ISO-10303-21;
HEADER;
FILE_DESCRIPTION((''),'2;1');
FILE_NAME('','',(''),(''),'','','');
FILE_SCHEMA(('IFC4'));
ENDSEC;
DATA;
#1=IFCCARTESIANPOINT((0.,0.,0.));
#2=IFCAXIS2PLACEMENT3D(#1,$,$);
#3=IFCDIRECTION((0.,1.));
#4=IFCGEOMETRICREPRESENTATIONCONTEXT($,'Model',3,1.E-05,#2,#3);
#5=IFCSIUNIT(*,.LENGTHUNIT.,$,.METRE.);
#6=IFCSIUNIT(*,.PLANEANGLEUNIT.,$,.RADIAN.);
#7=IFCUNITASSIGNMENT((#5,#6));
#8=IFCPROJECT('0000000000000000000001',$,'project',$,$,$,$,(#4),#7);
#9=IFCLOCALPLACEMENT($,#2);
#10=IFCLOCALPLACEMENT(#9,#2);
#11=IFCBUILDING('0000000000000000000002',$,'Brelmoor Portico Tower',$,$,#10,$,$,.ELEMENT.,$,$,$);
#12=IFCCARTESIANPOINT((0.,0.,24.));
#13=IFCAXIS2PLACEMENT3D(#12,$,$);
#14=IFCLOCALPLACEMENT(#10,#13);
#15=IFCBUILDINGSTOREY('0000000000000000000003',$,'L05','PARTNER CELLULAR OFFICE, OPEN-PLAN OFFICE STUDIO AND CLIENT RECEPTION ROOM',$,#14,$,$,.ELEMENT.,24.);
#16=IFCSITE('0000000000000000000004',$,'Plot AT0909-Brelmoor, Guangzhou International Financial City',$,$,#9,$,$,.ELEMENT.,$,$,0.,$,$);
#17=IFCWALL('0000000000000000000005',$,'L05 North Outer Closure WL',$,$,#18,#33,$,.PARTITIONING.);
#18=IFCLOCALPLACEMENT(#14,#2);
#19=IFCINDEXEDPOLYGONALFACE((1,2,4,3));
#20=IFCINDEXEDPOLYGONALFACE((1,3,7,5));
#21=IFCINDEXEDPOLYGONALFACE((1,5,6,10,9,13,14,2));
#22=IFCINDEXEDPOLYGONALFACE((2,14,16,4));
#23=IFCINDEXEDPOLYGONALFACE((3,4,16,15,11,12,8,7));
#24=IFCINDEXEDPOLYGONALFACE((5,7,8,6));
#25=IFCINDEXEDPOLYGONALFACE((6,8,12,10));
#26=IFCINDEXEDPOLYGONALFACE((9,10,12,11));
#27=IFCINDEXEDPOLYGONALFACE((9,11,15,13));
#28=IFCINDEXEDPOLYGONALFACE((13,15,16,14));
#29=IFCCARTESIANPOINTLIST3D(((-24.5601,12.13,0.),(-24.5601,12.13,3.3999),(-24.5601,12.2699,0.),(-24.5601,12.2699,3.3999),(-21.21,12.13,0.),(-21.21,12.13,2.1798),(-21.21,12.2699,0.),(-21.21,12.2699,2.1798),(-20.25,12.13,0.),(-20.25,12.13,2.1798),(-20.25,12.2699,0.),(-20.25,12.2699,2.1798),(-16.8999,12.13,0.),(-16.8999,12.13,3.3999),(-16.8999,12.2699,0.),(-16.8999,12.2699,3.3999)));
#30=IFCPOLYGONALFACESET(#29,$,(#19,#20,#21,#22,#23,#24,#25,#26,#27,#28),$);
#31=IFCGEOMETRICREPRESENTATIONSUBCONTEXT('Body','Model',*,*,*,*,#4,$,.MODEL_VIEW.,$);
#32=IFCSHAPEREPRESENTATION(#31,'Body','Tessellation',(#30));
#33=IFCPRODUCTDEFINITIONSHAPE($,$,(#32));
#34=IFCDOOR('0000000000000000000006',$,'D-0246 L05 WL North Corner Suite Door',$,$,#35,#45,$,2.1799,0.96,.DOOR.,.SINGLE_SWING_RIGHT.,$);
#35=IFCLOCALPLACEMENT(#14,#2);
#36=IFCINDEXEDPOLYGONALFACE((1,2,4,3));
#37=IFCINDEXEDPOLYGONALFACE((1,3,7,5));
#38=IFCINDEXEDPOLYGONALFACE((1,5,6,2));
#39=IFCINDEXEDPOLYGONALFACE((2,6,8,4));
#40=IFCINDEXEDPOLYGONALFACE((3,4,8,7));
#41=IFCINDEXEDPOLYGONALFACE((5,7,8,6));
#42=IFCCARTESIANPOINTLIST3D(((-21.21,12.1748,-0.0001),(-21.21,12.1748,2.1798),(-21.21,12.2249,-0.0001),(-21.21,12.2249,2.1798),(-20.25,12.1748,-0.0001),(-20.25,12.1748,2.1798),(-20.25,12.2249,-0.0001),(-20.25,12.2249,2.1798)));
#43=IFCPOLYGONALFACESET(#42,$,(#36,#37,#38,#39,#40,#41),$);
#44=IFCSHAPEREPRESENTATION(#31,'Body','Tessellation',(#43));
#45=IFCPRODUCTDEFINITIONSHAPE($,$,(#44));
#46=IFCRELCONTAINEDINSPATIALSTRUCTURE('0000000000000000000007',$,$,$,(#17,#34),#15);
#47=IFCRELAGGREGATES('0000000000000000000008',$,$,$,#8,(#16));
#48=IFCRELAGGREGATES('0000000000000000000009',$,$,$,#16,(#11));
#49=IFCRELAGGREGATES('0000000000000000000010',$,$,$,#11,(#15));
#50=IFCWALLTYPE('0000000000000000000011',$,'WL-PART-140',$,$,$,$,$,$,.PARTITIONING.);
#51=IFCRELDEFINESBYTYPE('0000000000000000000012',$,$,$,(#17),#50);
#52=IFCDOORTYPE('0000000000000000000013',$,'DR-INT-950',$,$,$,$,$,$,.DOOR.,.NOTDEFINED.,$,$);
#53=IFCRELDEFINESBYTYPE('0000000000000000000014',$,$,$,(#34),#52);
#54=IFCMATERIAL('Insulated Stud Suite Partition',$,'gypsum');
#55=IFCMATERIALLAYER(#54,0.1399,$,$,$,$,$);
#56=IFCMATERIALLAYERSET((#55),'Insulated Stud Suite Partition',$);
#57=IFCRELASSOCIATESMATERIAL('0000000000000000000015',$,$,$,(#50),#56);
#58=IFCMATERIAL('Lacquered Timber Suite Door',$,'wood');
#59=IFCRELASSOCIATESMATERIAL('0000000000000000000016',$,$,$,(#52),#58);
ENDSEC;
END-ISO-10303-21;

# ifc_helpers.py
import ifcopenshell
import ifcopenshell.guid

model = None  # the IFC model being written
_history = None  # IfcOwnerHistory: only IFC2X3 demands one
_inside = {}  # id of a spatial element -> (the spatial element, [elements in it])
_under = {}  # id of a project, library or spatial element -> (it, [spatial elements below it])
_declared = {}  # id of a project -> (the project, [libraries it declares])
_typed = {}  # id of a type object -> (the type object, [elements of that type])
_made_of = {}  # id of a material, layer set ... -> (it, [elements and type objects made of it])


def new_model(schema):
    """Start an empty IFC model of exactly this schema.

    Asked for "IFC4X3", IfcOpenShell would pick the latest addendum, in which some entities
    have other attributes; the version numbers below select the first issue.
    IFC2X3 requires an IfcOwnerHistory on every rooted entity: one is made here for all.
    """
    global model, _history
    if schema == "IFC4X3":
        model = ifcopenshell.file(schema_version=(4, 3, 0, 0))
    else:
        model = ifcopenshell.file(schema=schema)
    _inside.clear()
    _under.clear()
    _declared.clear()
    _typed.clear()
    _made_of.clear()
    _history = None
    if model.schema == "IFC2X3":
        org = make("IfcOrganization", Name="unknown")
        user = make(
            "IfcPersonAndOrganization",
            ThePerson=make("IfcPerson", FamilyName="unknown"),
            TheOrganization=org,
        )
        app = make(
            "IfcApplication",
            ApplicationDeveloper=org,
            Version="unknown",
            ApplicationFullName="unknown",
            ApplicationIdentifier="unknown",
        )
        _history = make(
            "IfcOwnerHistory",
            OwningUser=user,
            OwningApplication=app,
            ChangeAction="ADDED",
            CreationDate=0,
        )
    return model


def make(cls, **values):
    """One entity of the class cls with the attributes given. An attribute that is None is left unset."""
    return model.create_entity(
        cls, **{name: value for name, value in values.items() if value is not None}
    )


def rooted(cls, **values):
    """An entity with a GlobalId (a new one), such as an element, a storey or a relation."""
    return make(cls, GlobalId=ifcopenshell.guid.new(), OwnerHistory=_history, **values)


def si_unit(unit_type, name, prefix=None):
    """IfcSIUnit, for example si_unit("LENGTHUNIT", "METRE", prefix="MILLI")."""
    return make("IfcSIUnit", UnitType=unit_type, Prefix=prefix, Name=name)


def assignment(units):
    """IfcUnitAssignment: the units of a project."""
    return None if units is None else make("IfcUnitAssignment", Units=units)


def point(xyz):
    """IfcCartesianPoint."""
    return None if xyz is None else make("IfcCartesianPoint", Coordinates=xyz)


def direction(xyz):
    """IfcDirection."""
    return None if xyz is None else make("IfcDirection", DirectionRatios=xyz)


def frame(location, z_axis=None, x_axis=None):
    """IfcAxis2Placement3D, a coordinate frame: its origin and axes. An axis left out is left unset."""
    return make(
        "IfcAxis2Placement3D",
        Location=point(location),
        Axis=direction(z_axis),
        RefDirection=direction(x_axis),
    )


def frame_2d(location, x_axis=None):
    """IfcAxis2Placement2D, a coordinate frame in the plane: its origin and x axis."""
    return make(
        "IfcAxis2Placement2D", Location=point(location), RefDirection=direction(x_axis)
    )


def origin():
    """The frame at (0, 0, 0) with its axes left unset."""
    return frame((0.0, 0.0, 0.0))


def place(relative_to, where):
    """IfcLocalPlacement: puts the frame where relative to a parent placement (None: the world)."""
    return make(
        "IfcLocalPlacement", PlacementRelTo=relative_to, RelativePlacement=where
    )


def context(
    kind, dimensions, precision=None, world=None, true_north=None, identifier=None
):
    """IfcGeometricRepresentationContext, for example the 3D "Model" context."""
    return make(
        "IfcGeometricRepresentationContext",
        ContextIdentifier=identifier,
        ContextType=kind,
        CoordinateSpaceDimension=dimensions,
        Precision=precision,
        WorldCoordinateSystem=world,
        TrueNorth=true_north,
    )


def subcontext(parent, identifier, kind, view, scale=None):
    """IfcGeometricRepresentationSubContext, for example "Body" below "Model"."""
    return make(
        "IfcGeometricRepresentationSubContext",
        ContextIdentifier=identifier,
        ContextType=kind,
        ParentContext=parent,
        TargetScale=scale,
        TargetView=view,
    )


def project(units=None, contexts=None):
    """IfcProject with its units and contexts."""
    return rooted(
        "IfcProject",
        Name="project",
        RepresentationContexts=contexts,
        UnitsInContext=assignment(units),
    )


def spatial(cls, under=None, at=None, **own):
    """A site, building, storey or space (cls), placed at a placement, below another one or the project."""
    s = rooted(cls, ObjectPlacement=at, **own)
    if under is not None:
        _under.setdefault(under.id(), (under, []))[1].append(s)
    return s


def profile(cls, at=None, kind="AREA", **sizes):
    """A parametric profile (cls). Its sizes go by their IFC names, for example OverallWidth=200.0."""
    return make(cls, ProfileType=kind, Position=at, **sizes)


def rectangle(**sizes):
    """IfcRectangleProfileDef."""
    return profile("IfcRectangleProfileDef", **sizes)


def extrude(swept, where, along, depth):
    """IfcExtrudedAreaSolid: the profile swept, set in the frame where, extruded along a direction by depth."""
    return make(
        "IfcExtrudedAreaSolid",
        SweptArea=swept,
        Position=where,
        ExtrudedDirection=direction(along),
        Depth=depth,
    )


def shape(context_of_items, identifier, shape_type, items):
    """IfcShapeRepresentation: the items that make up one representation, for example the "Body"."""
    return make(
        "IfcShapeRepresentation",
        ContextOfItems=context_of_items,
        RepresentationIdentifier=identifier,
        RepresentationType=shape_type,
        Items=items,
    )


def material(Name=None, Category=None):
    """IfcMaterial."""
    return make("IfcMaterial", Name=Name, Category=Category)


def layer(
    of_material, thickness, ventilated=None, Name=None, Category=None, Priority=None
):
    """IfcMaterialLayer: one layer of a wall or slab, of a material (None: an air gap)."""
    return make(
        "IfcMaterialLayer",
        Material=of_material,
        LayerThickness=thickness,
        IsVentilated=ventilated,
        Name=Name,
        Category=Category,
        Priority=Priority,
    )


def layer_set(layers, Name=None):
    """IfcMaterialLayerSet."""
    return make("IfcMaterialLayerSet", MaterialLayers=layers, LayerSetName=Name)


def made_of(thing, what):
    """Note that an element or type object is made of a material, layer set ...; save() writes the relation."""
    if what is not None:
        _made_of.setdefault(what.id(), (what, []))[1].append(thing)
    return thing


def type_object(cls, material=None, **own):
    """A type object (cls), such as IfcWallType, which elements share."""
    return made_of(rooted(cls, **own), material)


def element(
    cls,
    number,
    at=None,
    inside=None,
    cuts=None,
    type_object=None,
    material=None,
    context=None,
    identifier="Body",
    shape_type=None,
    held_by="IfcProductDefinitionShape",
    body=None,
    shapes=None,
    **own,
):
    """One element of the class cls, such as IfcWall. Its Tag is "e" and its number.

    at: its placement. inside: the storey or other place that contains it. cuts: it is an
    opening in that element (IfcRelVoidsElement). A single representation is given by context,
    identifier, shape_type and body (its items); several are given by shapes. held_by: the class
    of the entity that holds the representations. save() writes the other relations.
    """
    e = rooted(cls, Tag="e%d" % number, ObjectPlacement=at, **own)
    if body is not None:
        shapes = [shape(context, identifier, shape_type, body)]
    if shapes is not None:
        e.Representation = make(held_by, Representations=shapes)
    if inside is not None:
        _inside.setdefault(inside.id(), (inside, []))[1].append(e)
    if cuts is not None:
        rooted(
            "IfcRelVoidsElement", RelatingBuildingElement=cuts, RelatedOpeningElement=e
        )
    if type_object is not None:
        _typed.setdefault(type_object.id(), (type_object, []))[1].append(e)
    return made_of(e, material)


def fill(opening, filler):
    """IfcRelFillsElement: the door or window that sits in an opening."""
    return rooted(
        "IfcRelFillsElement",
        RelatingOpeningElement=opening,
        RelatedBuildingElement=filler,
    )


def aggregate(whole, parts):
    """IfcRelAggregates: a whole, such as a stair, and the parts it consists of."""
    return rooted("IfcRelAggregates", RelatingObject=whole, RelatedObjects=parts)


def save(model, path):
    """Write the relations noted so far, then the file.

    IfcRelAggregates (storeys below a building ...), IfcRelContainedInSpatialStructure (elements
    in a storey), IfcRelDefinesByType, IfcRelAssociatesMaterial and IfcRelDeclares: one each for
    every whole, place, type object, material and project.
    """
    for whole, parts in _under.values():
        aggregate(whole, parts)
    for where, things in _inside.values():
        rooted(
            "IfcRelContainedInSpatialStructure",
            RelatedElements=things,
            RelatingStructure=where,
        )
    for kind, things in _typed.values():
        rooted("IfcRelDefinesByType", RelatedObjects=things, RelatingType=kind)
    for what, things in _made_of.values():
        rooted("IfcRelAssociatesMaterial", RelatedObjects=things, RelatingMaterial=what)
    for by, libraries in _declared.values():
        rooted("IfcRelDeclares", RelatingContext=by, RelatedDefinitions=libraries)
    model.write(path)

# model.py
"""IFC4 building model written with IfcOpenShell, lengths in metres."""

from ifc_helpers import new_model, si_unit, direction, frame, frame_2d, origin, place, context, subcontext, project, spatial, rectangle, extrude, material, layer, layer_set, type_object, element, fill, save


model = new_model("IFC4")

# Units and contexts
model_context = context("Model", 3, precision=1e-05, world=origin(), true_north=direction((0.0, 1.0)))
body_context = subcontext(model_context, "Body", "Model", "MODEL_VIEW")
ifc_project = project(units=[si_unit("LENGTHUNIT", "METRE"), si_unit("PLANEANGLEUNIT", "RADIAN")], contexts=[model_context])

# Site, building, storey
site_placement = place(None, origin())
site = spatial("IfcSite", under=ifc_project, at=site_placement, Name="Plot AT0909-Brelmoor, Guangzhou International Financial City", CompositionType="ELEMENT", RefElevation=0.0)
building_placement = place(site_placement, origin())
building = spatial("IfcBuilding", under=site, at=building_placement, Name="Brelmoor Portico Tower", CompositionType="ELEMENT")
storey_placement = place(building_placement, frame((0.0, 0.0, 24.0)))
storey = spatial("IfcBuildingStorey", under=building, at=storey_placement, Name="L05", Description="PARTNER CELLULAR OFFICE, OPEN-PLAN OFFICE STUDIO AND CLIENT RECEPTION ROOM", CompositionType="ELEMENT", Elevation=24.0)

# Wall, opening, door
ifc_material_1 = material(Name="Insulated Stud Suite Partition", Category="gypsum")
ifc_layer_1 = layer(ifc_material_1, 0.1399)
ifc_layer_set_1 = layer_set([ifc_layer_1], Name="Insulated Stud Suite Partition")
wall_type_1 = type_object("IfcWallType", Name="WL-PART-140", PredefinedType="PARTITIONING", material=ifc_layer_set_1)
wall_1_placement = place(storey_placement, frame((-24.5601, 12.2, 0.0), z_axis=(0.0, 0.0, 1.0), x_axis=(1.0, 0.0, 0.0)))
wall_1 = element("IfcWall", 1, at=wall_1_placement, inside=storey, type_object=wall_type_1, Name="L05 North Outer Closure WL", PredefinedType="PARTITIONING", context=body_context, shape_type="SweptSolid", body=[
    extrude(rectangle(XDim=7.6602, YDim=0.1399, at=frame_2d((3.8301, 0.0))), origin(), (0.0, 0.0, 1.0), 3.3999),
])
opening_placement = place(wall_1_placement, frame((3.3501, 0.0, 0.0)))
opening = element("IfcOpeningElement", 2, at=opening_placement, cuts=wall_1, PredefinedType="OPENING", context=body_context, shape_type="SweptSolid", body=[
    extrude(rectangle(XDim=0.96, YDim=2.1799, at=frame_2d((0.48, 1.0898))), frame((0.0, 0.0798, 0.0), z_axis=(0.0, -1.0, 0.0), x_axis=(1.0, 0.0, 0.0)), (0.0, 0.0, 1.0), 0.1599),
])
ifc_material_2 = material(Name="Lacquered Timber Suite Door", Category="wood")
door_type = type_object("IfcDoorType", Name="DR-INT-950", OperationType="NOTDEFINED", PredefinedType="DOOR", material=ifc_material_2)
door_placement = place(opening_placement, origin())
door = element("IfcDoor", 3, at=door_placement, inside=storey, type_object=door_type, Name="D-0246 L05 WL North Corner Suite Door", OperationType="SINGLE_SWING_RIGHT", OverallHeight=2.1799, OverallWidth=0.96, PredefinedType="DOOR", context=body_context, shape_type="SweptSolid", body=[
    extrude(rectangle(XDim=0.96, YDim=2.1799, at=frame_2d((0.48, 1.0898))), frame((0.0, 0.0249, 0.0), z_axis=(0.0, -1.0, 0.0), x_axis=(1.0, 0.0, 0.0)), (0.0, 0.0, 1.0), 0.05),
])
fill(opening, door)

save(model, "model.ifc")
